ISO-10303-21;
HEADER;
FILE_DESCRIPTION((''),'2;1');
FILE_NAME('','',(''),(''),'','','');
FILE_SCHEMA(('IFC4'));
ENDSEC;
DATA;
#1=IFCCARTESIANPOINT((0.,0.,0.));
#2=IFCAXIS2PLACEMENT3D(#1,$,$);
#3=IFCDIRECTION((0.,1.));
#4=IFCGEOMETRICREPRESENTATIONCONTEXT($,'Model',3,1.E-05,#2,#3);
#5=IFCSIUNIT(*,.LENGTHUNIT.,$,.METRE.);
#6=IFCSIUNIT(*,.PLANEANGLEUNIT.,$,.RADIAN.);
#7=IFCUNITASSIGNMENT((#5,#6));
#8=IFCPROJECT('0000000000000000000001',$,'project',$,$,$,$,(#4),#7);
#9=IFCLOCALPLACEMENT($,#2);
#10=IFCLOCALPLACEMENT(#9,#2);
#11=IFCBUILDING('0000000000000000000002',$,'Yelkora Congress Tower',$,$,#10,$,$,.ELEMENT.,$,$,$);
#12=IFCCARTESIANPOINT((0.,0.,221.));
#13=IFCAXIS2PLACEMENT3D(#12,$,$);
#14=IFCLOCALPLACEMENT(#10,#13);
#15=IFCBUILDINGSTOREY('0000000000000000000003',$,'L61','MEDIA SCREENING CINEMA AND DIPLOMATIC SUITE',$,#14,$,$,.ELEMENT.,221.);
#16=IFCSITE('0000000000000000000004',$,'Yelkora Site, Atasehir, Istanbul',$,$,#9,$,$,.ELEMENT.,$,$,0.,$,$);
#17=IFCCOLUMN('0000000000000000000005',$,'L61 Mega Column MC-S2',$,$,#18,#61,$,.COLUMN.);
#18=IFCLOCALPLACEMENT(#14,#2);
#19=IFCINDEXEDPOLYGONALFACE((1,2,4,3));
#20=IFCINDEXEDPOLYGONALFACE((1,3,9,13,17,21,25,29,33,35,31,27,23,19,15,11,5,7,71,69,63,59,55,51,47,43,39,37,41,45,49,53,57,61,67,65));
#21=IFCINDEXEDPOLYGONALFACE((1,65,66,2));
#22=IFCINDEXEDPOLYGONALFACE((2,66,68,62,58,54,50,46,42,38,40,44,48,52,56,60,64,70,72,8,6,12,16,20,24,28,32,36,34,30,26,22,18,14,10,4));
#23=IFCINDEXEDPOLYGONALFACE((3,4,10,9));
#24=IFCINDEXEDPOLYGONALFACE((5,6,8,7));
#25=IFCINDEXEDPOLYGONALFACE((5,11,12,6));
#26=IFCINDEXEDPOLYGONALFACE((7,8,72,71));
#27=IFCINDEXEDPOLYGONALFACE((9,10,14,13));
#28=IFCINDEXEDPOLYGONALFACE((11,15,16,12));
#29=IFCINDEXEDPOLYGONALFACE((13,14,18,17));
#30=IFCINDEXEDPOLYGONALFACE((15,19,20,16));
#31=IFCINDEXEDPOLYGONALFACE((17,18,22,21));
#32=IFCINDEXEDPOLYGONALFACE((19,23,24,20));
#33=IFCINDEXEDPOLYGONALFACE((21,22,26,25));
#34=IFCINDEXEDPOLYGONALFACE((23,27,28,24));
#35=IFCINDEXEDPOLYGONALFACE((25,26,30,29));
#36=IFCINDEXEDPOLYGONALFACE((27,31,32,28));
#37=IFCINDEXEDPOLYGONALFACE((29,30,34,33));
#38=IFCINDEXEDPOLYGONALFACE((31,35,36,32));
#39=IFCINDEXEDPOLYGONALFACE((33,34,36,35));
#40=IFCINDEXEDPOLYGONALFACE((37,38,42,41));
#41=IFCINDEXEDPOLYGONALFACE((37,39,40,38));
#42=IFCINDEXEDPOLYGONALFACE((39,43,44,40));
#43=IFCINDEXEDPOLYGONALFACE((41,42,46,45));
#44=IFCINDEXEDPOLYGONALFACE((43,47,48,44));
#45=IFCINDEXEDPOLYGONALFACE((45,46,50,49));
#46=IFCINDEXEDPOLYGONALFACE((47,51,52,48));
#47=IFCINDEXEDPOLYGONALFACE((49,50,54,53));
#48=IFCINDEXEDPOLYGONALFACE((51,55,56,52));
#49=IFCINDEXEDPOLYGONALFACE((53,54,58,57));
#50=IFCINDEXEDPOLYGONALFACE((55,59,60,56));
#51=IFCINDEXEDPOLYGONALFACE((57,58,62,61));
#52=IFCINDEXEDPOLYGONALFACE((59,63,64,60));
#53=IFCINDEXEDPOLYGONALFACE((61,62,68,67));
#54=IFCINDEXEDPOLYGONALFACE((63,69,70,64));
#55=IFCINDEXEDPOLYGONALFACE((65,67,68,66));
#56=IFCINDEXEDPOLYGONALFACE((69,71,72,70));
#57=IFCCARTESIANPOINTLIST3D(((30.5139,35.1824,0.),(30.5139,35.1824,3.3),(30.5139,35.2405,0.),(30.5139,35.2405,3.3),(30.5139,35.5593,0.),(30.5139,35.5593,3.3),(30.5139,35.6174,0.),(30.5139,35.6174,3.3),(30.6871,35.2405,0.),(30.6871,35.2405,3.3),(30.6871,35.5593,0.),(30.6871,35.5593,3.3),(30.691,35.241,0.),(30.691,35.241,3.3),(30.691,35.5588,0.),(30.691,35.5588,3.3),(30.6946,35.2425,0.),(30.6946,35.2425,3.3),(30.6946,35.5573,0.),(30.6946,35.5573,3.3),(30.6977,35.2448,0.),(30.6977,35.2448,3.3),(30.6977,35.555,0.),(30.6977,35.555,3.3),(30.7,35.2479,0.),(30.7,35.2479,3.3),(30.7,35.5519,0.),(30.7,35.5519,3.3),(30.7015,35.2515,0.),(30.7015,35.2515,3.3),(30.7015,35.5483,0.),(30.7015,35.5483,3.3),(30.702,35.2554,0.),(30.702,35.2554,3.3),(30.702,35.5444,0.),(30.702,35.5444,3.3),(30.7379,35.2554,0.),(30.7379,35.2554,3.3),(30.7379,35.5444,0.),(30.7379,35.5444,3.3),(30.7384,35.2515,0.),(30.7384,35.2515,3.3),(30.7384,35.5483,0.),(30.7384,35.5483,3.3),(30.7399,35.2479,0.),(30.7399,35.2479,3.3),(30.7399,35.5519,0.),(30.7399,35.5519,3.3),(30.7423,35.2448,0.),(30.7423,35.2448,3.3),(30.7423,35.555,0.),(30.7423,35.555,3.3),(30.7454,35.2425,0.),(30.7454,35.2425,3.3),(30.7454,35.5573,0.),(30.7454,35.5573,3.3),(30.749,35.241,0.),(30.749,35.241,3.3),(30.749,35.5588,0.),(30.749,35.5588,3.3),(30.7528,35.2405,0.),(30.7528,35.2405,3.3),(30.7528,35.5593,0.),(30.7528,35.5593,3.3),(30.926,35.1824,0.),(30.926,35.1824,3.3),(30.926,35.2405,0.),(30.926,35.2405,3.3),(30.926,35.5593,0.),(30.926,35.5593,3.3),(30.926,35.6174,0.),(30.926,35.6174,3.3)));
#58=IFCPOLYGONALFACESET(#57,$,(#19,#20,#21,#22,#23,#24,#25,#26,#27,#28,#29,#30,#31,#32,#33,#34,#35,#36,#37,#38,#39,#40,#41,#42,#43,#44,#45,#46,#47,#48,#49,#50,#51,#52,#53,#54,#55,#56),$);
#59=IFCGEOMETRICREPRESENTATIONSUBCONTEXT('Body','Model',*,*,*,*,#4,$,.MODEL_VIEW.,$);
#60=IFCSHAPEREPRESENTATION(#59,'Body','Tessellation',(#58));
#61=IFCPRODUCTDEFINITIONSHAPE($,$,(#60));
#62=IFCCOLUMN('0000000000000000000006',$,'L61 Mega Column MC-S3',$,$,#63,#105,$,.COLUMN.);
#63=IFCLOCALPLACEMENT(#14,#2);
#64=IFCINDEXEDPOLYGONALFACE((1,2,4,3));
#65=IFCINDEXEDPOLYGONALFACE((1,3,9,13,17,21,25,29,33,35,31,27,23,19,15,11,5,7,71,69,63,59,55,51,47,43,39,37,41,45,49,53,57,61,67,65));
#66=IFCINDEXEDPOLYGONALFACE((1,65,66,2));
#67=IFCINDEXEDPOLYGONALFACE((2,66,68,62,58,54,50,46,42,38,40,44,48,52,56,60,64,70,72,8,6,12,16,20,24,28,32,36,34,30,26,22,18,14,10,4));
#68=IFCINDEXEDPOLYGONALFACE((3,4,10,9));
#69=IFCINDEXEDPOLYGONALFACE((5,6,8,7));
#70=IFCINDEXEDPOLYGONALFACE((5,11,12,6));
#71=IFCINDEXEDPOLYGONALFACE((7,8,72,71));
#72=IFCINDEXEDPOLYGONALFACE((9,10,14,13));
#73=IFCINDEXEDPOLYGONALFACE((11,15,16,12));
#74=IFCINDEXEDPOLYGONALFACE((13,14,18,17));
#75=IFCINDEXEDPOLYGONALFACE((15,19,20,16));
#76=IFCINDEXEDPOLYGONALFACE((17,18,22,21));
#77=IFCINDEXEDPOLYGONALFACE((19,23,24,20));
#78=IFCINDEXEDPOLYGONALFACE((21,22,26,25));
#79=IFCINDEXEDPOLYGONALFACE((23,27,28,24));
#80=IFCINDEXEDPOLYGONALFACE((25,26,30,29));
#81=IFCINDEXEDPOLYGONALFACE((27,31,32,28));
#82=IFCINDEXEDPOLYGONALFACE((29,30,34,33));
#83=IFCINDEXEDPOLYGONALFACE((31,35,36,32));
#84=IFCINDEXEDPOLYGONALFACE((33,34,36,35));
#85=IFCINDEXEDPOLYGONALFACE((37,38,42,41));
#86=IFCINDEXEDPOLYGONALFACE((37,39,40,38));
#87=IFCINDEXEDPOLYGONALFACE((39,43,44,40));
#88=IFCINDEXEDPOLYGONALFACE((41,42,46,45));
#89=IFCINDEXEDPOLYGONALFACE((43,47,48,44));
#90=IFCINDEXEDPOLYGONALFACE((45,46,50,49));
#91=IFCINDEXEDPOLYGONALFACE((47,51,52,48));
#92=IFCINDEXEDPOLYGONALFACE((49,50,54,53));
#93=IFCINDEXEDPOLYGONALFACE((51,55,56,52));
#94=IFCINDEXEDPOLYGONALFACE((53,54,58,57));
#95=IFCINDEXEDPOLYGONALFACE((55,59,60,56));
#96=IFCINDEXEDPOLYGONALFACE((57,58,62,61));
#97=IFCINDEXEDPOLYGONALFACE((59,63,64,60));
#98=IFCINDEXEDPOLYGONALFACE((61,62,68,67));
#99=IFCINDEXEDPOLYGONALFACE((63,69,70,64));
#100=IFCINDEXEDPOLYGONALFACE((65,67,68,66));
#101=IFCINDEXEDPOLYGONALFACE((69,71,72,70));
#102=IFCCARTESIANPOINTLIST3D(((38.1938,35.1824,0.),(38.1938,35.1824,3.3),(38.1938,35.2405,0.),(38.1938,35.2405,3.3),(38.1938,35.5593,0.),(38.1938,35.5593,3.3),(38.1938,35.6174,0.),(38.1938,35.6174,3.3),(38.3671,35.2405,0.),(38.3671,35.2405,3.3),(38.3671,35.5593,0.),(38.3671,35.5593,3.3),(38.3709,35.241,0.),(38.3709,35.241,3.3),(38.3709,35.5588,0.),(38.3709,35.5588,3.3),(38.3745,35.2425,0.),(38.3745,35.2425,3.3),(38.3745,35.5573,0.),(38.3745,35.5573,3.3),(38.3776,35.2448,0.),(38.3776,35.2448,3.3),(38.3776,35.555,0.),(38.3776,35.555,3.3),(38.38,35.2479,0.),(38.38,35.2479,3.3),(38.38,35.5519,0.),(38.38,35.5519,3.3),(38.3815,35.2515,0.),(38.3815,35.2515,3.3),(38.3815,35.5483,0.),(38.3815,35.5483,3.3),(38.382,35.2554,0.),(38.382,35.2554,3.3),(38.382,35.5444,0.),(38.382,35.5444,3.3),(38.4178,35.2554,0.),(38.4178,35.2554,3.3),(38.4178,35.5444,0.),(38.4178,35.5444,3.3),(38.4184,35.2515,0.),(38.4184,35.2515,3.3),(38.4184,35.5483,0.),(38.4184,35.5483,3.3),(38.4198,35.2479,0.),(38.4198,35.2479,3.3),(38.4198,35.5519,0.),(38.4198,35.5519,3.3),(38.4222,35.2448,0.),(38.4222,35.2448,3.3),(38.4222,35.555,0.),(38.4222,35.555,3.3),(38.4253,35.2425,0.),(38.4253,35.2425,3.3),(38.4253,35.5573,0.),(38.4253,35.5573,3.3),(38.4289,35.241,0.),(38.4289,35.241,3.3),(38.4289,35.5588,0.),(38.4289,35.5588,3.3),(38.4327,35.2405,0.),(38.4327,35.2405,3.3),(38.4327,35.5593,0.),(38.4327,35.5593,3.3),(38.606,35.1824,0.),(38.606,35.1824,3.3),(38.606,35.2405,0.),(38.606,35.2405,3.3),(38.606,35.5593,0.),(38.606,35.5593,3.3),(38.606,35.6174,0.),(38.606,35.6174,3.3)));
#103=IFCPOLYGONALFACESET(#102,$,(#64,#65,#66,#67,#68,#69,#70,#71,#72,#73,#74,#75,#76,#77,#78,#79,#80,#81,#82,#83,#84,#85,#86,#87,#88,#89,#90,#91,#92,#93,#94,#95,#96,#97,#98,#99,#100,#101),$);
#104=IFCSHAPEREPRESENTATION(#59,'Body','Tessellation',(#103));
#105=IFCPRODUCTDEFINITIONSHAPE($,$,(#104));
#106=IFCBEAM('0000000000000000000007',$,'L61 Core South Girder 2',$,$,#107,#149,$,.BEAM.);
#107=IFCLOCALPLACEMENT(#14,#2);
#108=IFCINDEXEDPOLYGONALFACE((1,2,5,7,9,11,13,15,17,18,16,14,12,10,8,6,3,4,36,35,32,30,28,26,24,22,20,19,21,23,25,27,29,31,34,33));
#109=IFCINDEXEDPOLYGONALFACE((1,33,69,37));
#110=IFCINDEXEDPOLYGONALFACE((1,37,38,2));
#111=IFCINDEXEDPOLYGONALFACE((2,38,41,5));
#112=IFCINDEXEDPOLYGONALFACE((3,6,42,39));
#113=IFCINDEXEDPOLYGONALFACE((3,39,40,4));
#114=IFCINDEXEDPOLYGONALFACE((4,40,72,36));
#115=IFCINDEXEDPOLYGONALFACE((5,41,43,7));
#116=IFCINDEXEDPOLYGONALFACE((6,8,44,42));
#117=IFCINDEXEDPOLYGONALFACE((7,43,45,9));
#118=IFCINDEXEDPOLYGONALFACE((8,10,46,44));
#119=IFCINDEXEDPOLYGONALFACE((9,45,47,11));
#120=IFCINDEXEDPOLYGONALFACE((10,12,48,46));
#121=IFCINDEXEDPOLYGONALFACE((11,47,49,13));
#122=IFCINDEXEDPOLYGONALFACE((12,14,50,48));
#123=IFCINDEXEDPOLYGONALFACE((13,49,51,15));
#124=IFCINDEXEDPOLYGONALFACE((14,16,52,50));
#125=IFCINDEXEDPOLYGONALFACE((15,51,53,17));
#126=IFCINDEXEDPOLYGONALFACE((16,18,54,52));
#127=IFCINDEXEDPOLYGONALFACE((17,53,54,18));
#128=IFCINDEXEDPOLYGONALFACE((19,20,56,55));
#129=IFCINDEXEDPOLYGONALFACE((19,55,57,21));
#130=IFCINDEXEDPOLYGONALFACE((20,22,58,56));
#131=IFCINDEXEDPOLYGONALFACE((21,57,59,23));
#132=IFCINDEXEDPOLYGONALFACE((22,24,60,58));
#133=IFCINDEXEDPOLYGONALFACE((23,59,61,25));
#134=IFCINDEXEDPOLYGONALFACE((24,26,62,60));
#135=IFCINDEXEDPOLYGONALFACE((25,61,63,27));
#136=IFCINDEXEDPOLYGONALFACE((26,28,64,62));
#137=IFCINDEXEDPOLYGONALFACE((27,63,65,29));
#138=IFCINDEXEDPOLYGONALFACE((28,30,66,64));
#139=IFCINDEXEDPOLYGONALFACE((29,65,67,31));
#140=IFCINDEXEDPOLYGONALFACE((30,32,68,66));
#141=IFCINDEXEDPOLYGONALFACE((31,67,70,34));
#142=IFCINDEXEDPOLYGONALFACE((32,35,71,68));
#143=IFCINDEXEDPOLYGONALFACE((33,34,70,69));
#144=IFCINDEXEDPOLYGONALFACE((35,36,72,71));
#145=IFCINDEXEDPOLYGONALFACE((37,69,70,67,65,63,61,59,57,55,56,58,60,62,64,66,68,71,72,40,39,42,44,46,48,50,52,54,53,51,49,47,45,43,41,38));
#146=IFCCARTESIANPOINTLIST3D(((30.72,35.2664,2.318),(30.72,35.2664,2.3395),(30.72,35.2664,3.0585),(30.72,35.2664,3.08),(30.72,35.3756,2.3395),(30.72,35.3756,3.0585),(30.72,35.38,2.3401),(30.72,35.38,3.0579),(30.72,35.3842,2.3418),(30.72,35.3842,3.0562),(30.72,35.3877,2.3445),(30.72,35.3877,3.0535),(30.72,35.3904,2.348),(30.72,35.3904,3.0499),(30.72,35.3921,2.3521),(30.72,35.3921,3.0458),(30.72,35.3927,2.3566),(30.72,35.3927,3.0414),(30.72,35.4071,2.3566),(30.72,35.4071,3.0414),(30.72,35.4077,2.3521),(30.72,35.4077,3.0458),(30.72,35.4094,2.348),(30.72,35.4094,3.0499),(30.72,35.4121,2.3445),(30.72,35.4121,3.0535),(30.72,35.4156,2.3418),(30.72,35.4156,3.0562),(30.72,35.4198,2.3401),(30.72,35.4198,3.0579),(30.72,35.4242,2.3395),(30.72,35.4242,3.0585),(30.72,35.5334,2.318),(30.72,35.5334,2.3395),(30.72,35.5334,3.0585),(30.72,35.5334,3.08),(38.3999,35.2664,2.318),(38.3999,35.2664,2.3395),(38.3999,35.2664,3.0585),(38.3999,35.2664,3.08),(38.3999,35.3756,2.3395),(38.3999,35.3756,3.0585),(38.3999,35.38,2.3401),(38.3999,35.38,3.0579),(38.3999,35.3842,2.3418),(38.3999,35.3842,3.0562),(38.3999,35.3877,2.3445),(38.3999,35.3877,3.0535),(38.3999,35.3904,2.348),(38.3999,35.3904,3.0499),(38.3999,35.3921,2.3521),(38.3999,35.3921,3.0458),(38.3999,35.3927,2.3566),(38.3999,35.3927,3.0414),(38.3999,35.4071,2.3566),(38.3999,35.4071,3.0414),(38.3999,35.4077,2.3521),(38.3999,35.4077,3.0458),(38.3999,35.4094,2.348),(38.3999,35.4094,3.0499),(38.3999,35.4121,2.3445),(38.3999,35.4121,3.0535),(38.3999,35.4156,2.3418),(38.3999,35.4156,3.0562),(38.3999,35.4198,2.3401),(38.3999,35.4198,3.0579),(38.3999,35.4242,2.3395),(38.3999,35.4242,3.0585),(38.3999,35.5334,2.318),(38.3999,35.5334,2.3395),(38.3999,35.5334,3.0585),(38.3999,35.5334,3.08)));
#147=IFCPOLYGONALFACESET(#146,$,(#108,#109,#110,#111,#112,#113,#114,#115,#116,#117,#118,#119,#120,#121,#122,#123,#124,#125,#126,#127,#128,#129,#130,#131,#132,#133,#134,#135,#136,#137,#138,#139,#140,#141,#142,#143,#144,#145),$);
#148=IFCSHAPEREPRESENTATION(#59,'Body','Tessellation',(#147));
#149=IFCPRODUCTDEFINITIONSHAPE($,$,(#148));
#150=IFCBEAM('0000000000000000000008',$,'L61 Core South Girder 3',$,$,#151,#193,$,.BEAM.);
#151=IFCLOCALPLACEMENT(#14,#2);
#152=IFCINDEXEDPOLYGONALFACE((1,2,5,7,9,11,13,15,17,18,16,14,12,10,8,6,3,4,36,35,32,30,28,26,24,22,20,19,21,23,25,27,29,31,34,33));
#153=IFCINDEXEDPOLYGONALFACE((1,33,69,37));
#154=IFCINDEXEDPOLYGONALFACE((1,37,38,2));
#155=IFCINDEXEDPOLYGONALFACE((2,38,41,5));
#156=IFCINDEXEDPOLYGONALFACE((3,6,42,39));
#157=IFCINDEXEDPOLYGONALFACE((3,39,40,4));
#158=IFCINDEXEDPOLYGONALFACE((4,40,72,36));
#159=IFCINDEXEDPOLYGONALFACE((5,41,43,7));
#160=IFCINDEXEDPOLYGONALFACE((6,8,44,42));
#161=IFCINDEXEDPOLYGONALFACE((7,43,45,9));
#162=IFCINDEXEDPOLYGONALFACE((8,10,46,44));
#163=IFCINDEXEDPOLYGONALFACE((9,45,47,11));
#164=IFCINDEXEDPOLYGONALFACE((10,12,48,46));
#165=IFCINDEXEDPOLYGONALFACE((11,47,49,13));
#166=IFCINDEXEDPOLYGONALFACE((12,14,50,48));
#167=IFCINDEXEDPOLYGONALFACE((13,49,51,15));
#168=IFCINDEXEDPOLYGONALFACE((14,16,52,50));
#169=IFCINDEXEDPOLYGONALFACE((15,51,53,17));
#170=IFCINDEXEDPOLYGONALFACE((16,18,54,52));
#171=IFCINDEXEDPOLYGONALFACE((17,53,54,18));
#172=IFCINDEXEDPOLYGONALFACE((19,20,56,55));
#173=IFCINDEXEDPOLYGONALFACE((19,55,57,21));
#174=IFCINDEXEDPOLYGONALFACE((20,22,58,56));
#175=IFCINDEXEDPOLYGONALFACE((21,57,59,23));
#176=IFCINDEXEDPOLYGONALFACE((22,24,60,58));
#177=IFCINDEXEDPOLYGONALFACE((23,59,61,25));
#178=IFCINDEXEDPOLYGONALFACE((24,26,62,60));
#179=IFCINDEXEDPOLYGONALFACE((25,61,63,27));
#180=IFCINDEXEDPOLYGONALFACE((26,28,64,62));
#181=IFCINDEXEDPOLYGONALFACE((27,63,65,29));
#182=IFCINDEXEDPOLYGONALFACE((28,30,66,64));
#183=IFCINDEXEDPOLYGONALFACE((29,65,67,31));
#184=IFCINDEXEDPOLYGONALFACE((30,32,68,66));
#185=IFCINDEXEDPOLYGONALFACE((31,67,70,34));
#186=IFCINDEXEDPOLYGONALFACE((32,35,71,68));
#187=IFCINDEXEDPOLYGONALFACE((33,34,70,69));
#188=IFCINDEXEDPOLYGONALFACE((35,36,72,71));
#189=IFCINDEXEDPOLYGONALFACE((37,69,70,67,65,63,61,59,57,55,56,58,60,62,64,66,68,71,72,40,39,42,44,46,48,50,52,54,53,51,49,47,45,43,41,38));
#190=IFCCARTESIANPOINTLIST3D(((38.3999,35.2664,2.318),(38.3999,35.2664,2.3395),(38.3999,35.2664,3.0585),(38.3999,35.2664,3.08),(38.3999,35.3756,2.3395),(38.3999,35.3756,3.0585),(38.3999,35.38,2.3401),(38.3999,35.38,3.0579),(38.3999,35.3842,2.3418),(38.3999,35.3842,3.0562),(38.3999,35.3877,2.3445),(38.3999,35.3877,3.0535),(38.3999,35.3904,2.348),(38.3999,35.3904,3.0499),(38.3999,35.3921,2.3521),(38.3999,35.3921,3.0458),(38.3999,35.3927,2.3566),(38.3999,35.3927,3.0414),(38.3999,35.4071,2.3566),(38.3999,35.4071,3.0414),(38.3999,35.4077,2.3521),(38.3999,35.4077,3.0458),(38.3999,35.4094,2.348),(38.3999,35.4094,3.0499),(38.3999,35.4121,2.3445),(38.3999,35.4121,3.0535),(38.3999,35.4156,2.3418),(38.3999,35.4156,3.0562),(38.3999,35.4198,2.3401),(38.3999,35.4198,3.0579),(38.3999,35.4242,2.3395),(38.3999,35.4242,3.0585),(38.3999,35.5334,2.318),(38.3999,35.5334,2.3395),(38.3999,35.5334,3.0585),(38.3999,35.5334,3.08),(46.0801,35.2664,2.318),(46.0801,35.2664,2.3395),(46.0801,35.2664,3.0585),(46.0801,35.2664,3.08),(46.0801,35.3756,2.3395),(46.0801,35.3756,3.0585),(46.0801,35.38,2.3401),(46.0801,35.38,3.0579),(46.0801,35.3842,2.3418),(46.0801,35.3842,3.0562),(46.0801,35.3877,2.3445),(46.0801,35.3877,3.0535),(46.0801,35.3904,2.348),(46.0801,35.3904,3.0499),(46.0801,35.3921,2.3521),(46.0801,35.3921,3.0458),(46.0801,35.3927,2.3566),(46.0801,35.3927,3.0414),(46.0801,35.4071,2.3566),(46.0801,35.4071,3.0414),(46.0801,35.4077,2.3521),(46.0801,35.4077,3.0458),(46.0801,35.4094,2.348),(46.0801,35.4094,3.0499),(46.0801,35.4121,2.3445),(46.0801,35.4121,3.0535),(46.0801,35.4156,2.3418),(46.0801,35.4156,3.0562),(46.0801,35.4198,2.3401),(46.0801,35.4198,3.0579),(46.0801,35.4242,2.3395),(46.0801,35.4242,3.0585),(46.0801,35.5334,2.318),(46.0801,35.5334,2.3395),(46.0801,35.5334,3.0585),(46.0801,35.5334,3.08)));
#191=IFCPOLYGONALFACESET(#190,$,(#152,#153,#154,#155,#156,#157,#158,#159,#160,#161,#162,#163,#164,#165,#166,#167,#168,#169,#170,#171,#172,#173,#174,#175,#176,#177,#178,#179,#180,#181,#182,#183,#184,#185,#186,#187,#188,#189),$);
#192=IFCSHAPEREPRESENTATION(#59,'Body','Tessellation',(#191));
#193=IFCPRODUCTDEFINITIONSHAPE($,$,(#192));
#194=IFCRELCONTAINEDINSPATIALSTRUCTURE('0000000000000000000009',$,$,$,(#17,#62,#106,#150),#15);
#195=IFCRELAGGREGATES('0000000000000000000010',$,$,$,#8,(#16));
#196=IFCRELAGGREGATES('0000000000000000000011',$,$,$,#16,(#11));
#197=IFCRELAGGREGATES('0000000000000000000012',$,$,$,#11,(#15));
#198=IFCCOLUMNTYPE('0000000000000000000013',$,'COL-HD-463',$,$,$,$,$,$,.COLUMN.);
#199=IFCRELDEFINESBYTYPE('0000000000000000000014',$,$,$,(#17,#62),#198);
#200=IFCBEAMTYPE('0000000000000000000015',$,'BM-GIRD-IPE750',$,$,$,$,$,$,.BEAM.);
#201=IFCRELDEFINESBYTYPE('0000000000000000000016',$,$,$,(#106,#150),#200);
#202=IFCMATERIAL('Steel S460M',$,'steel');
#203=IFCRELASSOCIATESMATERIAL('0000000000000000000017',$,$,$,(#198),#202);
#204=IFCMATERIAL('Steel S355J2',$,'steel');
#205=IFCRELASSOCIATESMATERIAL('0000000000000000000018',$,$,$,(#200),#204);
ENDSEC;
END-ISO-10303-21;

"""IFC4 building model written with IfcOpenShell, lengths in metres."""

from ifc_helpers import new_model, si_unit, direction, frame, origin, origin_2d, place, context, subcontext, project, spatial, i_section, extrude, material, material_profile, profile_set, type_object, element, save


model = new_model("IFC4")

# Units and contexts
model_context = context("Model", 3, precision=1e-05, world=origin(), true_north=direction((0.0, 1.0)))
body_context = subcontext(model_context, "Body", "Model", "MODEL_VIEW")
ifc_project = project(units=[si_unit("LENGTHUNIT", "METRE"), si_unit("PLANEANGLEUNIT", "RADIAN")], contexts=[model_context])

# Site, building, storey
site_placement = place(None, origin())
site = spatial("IfcSite", under=ifc_project, at=site_placement, Name="Yelkora Site, Atasehir, Istanbul", CompositionType="ELEMENT", RefElevation=0.0)
building_placement = place(site_placement, origin())
building = spatial("IfcBuilding", under=site, at=building_placement, Name="Yelkora Congress Tower", CompositionType="ELEMENT")
storey_placement = place(building_placement, frame((0.0, 0.0, 221.0)))
storey = spatial("IfcBuildingStorey", under=building, at=storey_placement, Name="L61", Description="MEDIA SCREENING CINEMA AND DIPLOMATIC SUITE", CompositionType="ELEMENT", Elevation=221.0)

# Columns
ifc_material_1 = material(Name="Steel S460M", Category="steel")
ifc_material_profile_1 = material_profile(ifc_material_1, i_section(OverallWidth=0.4121, OverallDepth=0.4351, WebThickness=0.0359, FlangeThickness=0.0581, FilletRadius=0.0149, at=origin_2d()), Name="HD 400x463")
ifc_profile_set_1 = profile_set([ifc_material_profile_1], Name="Steel S460M")
column_type = type_object("IfcColumnType", Name="COL-HD-463", PredefinedType="COLUMN", material=ifc_profile_set_1)
for number, where, z_axis, x_axis, name in (
    (1, (30.72, 35.3999, 0.0), (0.0, 0.0, 1.0), (1.0, 0.0, 0.0), "L61 Mega Column MC-S2"),
    (2, (38.3999, 35.3999, 0.0), (0.0, 0.0, 1.0), (1.0, 0.0, 0.0), "L61 Mega Column MC-S3"),
):
    element("IfcColumn", number, at=place(storey_placement, frame(where, z_axis=z_axis, x_axis=x_axis)), inside=storey, type_object=column_type, Name=name, PredefinedType="COLUMN", context=body_context, shape_type="SweptSolid", body=[
        extrude(i_section(OverallWidth=0.4121, OverallDepth=0.4351, WebThickness=0.0359, FlangeThickness=0.0581, FilletRadius=0.0149, at=origin_2d()), origin(), (0.0, 0.0, 1.0), 3.3),
    ])

# Beams
ifc_material_2 = material(Name="Steel S355J2", Category="steel")
ifc_material_profile_2 = material_profile(ifc_material_2, i_section(OverallWidth=0.2671, OverallDepth=0.762, WebThickness=0.0144, FlangeThickness=0.0215, FilletRadius=0.0171, at=origin_2d()), Name="IPE 750x173")
ifc_profile_set_2 = profile_set([ifc_material_profile_2], Name="Steel S355J2")
beam_type = type_object("IfcBeamType", Name="BM-GIRD-IPE750", PredefinedType="BEAM", material=ifc_profile_set_2)
beam_1_placement = place(storey_placement, frame((30.72, 35.3999, 2.699), z_axis=(1.0, 0.0, 0.0), x_axis=(0.0, 1.0, 0.0)))
element("IfcBeam", 3, at=beam_1_placement, inside=storey, type_object=beam_type, Name="L61 Core South Girder 2", PredefinedType="BEAM", context=body_context, shape_type="SweptSolid", body=[
    extrude(i_section(OverallWidth=0.2671, OverallDepth=0.762, WebThickness=0.0144, FlangeThickness=0.0215, FilletRadius=0.0171, at=origin_2d()), origin(), (0.0, 0.0, 1.0), 7.6799),
])
beam_2_placement = place(storey_placement, frame((38.3999, 35.3999, 2.699), z_axis=(1.0, 0.0, 0.0), x_axis=(0.0, 1.0, 0.0)))
element("IfcBeam", 4, at=beam_2_placement, inside=storey, type_object=beam_type, Name="L61 Core South Girder 3", PredefinedType="BEAM", context=body_context, shape_type="SweptSolid", body=[
    extrude(i_section(OverallWidth=0.2671, OverallDepth=0.762, WebThickness=0.0144, FlangeThickness=0.0215, FilletRadius=0.0171, at=origin_2d()), origin(), (0.0, 0.0, 1.0), 7.6802),
])

save(model, "model.ifc")
